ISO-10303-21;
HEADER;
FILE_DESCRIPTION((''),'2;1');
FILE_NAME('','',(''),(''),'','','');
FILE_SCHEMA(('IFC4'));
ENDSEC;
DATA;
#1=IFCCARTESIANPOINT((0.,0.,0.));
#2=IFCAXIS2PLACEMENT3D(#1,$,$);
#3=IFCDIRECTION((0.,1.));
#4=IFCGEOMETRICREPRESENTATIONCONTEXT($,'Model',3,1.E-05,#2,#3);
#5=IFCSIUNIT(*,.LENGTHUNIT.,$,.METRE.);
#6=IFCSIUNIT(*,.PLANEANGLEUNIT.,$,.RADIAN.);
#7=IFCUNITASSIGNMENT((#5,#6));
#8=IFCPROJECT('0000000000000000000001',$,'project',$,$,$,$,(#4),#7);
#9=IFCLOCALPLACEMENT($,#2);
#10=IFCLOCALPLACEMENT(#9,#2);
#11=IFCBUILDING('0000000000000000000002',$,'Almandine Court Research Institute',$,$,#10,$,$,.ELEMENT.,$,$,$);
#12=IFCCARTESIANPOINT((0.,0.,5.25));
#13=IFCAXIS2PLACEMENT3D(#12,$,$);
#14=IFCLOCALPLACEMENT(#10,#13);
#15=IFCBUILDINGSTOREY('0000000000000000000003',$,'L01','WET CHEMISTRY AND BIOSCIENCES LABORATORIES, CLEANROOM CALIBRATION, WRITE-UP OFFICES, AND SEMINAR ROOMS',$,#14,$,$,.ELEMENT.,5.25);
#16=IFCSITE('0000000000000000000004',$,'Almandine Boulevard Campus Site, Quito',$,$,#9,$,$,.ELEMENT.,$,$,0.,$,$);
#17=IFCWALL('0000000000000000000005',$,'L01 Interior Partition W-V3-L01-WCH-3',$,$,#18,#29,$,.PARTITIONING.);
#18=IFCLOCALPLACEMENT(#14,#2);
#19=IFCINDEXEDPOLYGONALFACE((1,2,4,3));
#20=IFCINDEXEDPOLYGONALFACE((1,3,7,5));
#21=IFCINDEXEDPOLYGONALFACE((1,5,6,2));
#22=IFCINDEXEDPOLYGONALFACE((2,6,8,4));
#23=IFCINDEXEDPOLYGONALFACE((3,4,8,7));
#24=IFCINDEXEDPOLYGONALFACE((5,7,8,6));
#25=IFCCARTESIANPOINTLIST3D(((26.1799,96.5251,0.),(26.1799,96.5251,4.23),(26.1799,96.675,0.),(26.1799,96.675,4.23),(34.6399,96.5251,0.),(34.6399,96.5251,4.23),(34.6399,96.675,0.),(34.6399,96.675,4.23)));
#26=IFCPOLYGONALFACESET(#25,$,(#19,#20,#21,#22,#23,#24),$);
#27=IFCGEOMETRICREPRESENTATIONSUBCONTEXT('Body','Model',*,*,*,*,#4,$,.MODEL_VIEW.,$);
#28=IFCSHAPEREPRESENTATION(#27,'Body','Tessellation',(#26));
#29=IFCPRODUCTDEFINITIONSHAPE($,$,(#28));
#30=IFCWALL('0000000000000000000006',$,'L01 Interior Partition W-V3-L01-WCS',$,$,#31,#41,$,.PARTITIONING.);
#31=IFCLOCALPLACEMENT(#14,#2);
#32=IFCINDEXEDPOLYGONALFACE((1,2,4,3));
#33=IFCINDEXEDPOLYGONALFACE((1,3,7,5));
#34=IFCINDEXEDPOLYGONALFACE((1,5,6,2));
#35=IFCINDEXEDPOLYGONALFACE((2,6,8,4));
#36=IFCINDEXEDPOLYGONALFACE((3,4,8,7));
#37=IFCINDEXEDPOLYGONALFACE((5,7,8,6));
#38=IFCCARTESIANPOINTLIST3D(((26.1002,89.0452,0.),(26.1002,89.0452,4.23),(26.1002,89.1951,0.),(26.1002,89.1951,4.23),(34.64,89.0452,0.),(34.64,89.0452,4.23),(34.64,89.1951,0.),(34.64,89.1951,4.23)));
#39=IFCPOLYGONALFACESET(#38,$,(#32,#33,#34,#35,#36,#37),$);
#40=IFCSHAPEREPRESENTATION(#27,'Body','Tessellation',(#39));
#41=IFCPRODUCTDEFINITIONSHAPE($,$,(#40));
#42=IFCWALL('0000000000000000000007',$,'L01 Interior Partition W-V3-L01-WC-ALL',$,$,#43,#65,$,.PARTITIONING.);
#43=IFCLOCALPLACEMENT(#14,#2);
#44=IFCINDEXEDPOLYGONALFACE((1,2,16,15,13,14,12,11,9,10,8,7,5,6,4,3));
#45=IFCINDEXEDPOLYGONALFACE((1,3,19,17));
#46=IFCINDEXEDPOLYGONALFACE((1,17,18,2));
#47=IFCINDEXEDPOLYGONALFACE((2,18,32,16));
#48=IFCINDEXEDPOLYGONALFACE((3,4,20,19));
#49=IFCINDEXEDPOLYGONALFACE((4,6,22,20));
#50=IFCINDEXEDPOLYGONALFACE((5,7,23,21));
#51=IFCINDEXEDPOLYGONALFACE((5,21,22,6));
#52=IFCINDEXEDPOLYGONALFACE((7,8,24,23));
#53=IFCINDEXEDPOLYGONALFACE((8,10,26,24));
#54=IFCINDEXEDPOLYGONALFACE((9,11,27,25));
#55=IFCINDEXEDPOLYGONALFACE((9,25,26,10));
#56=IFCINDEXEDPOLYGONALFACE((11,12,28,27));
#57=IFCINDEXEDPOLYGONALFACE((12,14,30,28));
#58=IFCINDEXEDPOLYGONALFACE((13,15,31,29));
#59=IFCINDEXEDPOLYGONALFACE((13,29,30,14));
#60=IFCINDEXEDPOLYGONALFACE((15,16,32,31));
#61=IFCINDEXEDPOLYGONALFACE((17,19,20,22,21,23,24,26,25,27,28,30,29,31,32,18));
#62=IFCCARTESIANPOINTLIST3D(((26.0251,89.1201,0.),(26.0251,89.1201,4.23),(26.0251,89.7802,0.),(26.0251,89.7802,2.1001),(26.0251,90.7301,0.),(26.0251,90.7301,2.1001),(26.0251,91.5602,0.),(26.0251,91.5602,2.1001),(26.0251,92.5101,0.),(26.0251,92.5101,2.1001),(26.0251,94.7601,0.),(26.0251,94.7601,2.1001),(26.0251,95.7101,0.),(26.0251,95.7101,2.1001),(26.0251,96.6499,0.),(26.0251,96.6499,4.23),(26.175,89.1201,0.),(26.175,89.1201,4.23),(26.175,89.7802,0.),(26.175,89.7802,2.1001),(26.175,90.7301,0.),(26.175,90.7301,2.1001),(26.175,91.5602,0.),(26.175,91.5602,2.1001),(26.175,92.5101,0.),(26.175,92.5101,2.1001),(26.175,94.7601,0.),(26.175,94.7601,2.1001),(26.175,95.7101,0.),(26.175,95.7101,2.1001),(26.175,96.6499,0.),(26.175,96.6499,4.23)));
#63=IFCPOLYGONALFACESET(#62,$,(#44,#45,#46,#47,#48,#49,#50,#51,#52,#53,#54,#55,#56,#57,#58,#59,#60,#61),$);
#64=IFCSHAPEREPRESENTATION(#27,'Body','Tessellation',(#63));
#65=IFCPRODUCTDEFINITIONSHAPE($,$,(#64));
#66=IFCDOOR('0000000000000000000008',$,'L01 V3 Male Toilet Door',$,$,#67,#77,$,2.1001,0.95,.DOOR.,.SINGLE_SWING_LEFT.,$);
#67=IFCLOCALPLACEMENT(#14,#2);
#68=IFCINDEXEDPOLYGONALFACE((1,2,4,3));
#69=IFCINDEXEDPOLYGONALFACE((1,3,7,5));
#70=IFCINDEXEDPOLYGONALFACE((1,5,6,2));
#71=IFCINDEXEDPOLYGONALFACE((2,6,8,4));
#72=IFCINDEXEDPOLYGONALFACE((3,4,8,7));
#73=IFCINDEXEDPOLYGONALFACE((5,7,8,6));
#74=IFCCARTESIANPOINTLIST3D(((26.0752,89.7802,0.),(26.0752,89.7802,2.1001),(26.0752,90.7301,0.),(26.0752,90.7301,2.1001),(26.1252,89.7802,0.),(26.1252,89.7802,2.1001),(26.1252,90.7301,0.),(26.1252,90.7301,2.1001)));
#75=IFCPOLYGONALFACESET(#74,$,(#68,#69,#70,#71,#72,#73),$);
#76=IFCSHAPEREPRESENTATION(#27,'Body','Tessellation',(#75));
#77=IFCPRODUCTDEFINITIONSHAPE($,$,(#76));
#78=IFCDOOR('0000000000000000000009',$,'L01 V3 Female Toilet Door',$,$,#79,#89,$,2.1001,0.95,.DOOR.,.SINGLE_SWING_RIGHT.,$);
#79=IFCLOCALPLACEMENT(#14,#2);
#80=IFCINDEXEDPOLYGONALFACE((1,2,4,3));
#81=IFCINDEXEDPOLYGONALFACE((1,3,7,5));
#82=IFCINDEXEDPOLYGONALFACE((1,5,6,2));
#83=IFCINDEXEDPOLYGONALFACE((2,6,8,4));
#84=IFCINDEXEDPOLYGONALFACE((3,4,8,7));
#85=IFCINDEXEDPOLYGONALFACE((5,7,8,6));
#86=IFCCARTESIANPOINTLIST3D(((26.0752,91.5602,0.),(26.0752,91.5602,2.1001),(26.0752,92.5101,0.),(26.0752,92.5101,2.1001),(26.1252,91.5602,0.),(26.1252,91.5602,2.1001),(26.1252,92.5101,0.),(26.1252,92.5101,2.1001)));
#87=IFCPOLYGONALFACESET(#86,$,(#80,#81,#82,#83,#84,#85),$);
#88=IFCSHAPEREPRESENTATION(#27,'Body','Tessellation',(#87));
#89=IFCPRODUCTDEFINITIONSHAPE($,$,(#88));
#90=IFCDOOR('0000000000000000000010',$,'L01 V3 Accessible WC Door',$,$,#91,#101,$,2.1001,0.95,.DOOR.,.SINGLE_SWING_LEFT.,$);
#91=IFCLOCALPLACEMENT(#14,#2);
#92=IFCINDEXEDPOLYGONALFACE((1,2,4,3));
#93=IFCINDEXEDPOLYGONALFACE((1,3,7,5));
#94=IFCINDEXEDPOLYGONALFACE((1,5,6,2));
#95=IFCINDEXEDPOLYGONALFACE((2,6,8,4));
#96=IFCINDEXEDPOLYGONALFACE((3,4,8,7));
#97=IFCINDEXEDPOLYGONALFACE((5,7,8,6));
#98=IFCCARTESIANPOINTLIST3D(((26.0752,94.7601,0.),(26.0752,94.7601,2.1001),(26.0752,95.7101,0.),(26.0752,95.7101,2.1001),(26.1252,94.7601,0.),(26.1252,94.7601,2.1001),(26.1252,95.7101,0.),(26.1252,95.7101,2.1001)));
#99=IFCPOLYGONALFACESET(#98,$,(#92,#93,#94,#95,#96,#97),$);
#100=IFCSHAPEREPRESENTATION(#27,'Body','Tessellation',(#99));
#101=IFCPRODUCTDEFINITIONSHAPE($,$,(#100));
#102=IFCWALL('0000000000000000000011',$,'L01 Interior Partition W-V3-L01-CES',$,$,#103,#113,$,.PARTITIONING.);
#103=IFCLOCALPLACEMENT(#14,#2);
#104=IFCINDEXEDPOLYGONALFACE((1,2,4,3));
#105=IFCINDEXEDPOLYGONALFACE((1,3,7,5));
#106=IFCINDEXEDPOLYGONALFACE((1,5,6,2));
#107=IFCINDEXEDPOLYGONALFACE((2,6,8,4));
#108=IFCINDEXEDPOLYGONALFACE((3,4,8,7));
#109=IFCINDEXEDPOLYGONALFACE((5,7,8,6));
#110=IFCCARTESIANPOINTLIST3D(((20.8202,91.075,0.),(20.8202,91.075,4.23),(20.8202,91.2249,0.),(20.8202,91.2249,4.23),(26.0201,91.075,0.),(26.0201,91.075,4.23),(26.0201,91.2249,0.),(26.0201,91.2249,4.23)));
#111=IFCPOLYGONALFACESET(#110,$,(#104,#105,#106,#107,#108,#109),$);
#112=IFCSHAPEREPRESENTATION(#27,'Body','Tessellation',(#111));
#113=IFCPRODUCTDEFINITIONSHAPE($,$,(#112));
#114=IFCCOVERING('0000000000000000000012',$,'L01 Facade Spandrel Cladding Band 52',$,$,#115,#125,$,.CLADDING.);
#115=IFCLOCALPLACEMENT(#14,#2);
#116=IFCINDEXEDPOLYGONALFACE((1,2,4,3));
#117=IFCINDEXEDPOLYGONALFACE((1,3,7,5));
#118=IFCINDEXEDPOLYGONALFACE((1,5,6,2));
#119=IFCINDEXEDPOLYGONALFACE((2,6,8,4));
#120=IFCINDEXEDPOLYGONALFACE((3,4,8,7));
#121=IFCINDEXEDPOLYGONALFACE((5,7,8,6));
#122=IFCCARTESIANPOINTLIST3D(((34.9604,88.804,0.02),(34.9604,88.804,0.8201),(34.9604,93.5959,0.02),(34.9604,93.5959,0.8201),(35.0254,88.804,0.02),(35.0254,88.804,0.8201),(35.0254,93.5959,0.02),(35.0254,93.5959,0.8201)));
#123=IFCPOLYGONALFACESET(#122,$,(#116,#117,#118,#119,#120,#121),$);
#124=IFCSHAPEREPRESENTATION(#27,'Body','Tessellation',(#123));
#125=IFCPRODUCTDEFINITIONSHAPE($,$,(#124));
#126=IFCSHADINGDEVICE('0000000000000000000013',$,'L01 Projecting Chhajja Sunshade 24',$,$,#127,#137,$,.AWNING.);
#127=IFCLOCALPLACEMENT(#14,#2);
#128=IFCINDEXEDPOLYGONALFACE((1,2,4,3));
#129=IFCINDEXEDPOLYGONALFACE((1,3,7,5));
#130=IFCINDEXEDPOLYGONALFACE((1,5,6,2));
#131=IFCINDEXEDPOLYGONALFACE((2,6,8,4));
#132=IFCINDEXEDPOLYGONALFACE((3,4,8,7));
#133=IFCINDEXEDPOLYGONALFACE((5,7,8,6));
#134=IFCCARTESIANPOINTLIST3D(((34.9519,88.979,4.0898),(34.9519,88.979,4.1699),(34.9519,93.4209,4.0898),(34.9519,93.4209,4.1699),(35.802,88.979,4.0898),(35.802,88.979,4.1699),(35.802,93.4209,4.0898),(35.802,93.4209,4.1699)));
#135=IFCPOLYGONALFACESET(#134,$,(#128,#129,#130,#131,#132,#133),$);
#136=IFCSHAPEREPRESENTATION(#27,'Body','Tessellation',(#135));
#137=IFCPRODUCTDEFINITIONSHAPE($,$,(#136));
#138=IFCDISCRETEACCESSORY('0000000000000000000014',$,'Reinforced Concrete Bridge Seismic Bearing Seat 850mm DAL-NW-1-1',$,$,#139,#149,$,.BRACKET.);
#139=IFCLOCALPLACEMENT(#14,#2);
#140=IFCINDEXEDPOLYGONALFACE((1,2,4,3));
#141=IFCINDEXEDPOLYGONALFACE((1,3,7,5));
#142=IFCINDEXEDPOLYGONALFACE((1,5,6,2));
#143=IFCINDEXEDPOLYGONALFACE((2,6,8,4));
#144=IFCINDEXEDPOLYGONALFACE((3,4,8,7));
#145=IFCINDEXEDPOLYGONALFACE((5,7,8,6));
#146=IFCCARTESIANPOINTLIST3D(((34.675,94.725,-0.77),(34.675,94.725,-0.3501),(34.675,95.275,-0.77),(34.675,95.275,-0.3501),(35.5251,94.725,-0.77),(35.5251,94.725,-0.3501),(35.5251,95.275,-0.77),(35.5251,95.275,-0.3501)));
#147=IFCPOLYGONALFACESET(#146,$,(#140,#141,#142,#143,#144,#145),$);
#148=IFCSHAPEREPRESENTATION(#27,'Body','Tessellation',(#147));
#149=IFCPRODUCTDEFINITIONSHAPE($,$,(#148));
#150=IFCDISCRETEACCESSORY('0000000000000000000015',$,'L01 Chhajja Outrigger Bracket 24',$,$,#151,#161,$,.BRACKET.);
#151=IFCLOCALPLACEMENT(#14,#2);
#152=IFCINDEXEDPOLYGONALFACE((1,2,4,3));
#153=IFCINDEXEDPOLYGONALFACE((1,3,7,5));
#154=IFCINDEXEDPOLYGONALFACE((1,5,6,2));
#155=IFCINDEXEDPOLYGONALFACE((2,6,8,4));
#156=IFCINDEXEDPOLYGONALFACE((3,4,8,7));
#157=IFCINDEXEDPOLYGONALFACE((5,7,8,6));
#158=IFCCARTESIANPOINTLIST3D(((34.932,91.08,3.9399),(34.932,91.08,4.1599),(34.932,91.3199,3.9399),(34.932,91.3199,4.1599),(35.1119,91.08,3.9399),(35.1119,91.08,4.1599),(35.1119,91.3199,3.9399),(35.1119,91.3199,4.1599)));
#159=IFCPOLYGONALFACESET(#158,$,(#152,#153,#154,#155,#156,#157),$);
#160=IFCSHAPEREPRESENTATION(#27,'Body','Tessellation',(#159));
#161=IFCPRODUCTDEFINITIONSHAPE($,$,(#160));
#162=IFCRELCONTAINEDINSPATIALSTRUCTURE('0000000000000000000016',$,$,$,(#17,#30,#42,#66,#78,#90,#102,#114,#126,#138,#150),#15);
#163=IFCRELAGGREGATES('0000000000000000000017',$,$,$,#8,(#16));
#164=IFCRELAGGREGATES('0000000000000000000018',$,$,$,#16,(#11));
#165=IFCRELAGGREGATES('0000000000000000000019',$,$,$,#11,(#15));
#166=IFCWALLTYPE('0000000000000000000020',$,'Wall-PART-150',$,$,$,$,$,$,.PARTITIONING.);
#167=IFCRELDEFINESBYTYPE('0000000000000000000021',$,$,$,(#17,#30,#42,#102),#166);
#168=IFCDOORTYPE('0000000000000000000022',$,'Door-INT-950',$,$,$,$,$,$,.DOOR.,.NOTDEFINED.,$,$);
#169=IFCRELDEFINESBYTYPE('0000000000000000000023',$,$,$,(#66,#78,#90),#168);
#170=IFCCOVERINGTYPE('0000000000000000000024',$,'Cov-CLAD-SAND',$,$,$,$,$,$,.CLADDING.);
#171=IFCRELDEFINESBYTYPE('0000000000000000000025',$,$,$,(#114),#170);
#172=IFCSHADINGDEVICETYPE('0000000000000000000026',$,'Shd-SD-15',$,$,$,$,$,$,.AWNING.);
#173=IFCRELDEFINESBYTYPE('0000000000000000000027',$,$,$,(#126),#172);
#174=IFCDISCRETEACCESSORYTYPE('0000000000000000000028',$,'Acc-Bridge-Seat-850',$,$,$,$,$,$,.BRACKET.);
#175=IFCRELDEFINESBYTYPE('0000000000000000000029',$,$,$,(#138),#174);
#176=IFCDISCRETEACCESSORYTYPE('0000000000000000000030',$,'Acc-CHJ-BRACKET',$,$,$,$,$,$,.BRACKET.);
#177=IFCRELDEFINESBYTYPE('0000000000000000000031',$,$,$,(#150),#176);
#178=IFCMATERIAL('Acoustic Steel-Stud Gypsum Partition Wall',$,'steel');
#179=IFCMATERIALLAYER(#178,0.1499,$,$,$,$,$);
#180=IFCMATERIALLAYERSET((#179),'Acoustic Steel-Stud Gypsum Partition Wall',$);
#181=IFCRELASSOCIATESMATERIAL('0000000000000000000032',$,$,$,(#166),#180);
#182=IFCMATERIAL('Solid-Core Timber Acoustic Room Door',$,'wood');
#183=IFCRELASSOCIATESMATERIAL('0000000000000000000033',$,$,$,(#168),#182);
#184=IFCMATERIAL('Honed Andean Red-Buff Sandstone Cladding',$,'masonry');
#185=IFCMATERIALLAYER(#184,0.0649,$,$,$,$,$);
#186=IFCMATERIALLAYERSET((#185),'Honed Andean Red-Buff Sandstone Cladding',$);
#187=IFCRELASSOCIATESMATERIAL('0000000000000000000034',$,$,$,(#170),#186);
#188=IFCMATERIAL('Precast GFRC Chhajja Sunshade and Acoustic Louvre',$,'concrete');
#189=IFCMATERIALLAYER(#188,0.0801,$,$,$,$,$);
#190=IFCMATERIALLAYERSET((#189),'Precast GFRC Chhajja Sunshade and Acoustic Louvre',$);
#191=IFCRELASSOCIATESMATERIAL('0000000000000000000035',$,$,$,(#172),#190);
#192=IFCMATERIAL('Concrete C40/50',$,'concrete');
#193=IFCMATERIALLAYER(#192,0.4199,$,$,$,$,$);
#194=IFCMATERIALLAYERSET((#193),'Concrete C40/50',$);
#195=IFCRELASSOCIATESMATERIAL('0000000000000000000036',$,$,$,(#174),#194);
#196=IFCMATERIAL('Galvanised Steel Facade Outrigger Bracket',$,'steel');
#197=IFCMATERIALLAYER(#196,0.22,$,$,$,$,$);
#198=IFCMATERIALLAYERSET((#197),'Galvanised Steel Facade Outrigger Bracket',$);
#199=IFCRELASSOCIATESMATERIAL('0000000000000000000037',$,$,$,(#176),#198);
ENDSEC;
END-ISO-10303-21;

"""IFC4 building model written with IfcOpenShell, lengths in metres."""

from ifc_helpers import new_model, si_unit, direction, frame, frame_2d, origin, origin_2d, place, context, subcontext, project, spatial, rectangle, extrude, material, layer, layer_set, type_object, element, fill, save


model = new_model("IFC4")

# Units and contexts
model_context = context("Model", 3, precision=1e-05, world=origin(), true_north=direction((0.0, 1.0)))
body_context = subcontext(model_context, "Body", "Model", "MODEL_VIEW")
ifc_project = project(units=[si_unit("LENGTHUNIT", "METRE"), si_unit("PLANEANGLEUNIT", "RADIAN")], contexts=[model_context])

# Site, building, storey
site_placement = place(None, origin())
site = spatial("IfcSite", under=ifc_project, at=site_placement, Name="Almandine Boulevard Campus Site, Quito", CompositionType="ELEMENT", RefElevation=0.0)
building_placement = place(site_placement, origin())
building = spatial("IfcBuilding", under=site, at=building_placement, Name="Almandine Court Research Institute", CompositionType="ELEMENT")
storey_placement = place(building_placement, frame((0.0, 0.0, 5.25)))
storey = spatial("IfcBuildingStorey", under=building, at=storey_placement, Name="L01", Description="WET CHEMISTRY AND BIOSCIENCES LABORATORIES, CLEANROOM CALIBRATION, WRITE-UP OFFICES, AND SEMINAR ROOMS", CompositionType="ELEMENT", Elevation=5.25)

# Walls
ifc_material_1 = material(Name="Acoustic Steel-Stud Gypsum Partition Wall", Category="steel")
ifc_layer_1 = layer(ifc_material_1, 0.1499)
ifc_layer_set_1 = layer_set([ifc_layer_1], Name="Acoustic Steel-Stud Gypsum Partition Wall")
wall_type_1 = type_object("IfcWallType", Name="Wall-PART-150", PredefinedType="PARTITIONING", material=ifc_layer_set_1)
for number, where, z_axis, x_axis, name in (
    (1, (26.1799, 96.6001, 0.0), (0.0, 0.0, 1.0), (1.0, 0.0, 0.0), "L01 Interior Partition W-V3-L01-WCH-3"),
):
    element("IfcWall", number, at=place(storey_placement, frame(where, z_axis=z_axis, x_axis=x_axis)), inside=storey, type_object=wall_type_1, Name=name, PredefinedType="PARTITIONING", context=body_context, shape_type="SweptSolid", body=[
        extrude(rectangle(XDim=8.46, YDim=0.1499, at=frame_2d((4.23, 0.0))), origin(), (0.0, 0.0, 1.0), 4.23),
    ])
wall_1_placement = place(storey_placement, frame((26.1001, 89.1201, 0.0), z_axis=(0.0, 0.0, 1.0), x_axis=(1.0, 0.0, 0.0)))
element("IfcWall", 2, at=wall_1_placement, inside=storey, type_object=wall_type_1, Name="L01 Interior Partition W-V3-L01-WCS", PredefinedType="PARTITIONING", context=body_context, shape_type="SweptSolid", body=[
    extrude(rectangle(XDim=8.5398, YDim=0.1499, at=frame_2d((4.27, 0.0))), origin(), (0.0, 0.0, 1.0), 4.23),
])

# Wall, openings, doors
wall_2_placement = place(storey_placement, frame((26.1001, 89.1201, 0.0), z_axis=(0.0, 0.0, 1.0), x_axis=(0.0, 1.0, 0.0)))
wall_2 = element("IfcWall", 3, at=wall_2_placement, inside=storey, type_object=wall_type_1, Name="L01 Interior Partition W-V3-L01-WC-ALL", PredefinedType="PARTITIONING", context=body_context, shape_type="SweptSolid", body=[
    extrude(rectangle(XDim=7.5298, YDim=0.1499, at=frame_2d((3.7649, 0.0))), origin(), (0.0, 0.0, 1.0), 4.23),
])
opening_1_placement = place(wall_2_placement, frame((0.6599, 0.0, 0.0)))
opening_1 = element("IfcOpeningElement", 4, at=opening_1_placement, cuts=wall_2, PredefinedType="OPENING", context=body_context, shape_type="SweptSolid", body=[
    extrude(rectangle(XDim=0.95, YDim=2.1001, at=frame_2d((0.4751, 1.05))), frame((0.0, 0.085, 0.0), z_axis=(0.0, -1.0, 0.0), x_axis=(1.0, 0.0, 0.0)), (0.0, 0.0, 1.0), 0.1699),
])
opening_2_placement = place(wall_2_placement, frame((2.4399, 0.0, 0.0)))
opening_2 = element("IfcOpeningElement", 5, at=opening_2_placement, cuts=wall_2, PredefinedType="OPENING", context=body_context, shape_type="SweptSolid", body=[
    extrude(rectangle(XDim=0.95, YDim=2.1001, at=frame_2d((0.4751, 1.05))), frame((0.0, 0.085, 0.0), z_axis=(0.0, -1.0, 0.0), x_axis=(1.0, 0.0, 0.0)), (0.0, 0.0, 1.0), 0.1699),
])
opening_3_placement = place(wall_2_placement, frame((5.6399, 0.0, 0.0)))
opening_3 = element("IfcOpeningElement", 6, at=opening_3_placement, cuts=wall_2, PredefinedType="OPENING", context=body_context, shape_type="SweptSolid", body=[
    extrude(rectangle(XDim=0.95, YDim=2.1001, at=frame_2d((0.4751, 1.05))), frame((0.0, 0.085, 0.0), z_axis=(0.0, -1.0, 0.0), x_axis=(1.0, 0.0, 0.0)), (0.0, 0.0, 1.0), 0.1699),
])
ifc_material_2 = material(Name="Solid-Core Timber Acoustic Room Door", Category="wood")
door_type_1 = type_object("IfcDoorType", Name="Door-INT-950", OperationType="NOTDEFINED", PredefinedType="DOOR", material=ifc_material_2)
door_1_placement = place(opening_1_placement, origin())
door_1 = element("IfcDoor", 7, at=door_1_placement, inside=storey, type_object=door_type_1, Name="L01 V3 Male Toilet Door", OperationType="SINGLE_SWING_LEFT", OverallHeight=2.1001, OverallWidth=0.95, PredefinedType="DOOR", context=body_context, shape_type="SweptSolid", body=[
    extrude(rectangle(XDim=0.95, YDim=2.1001, at=frame_2d((0.4751, 1.05))), frame((0.0, 0.0249, 0.0), z_axis=(0.0, -1.0, 0.0), x_axis=(1.0, 0.0, 0.0)), (0.0, 0.0, 1.0), 0.05),
])
fill(opening_1, door_1)
door_2_placement = place(opening_2_placement, origin())
door_2 = element("IfcDoor", 8, at=door_2_placement, inside=storey, type_object=door_type_1, Name="L01 V3 Female Toilet Door", OperationType="SINGLE_SWING_RIGHT", OverallHeight=2.1001, OverallWidth=0.95, PredefinedType="DOOR", context=body_context, shape_type="SweptSolid", body=[
    extrude(rectangle(XDim=0.95, YDim=2.1001, at=frame_2d((0.4751, 1.05))), frame((0.0, 0.0249, 0.0), z_axis=(0.0, -1.0, 0.0), x_axis=(1.0, 0.0, 0.0)), (0.0, 0.0, 1.0), 0.05),
])
fill(opening_2, door_2)
door_3_placement = place(opening_3_placement, origin())
door_3 = element("IfcDoor", 9, at=door_3_placement, inside=storey, type_object=door_type_1, Name="L01 V3 Accessible WC Door", OperationType="SINGLE_SWING_LEFT", OverallHeight=2.1001, OverallWidth=0.95, PredefinedType="DOOR", context=body_context, shape_type="SweptSolid", body=[
    extrude(rectangle(XDim=0.95, YDim=2.1001, at=frame_2d((0.4751, 1.05))), frame((0.0, 0.0249, 0.0), z_axis=(0.0, -1.0, 0.0), x_axis=(1.0, 0.0, 0.0)), (0.0, 0.0, 1.0), 0.05),
])
fill(opening_3, door_3)

# Wall
wall_3_placement = place(storey_placement, frame((20.8201, 91.1499, 0.0), z_axis=(0.0, 0.0, 1.0), x_axis=(1.0, 0.0, 0.0)))
element("IfcWall", 10, at=wall_3_placement, inside=storey, type_object=wall_type_1, Name="L01 Interior Partition W-V3-L01-CES", PredefinedType="PARTITIONING", context=body_context, shape_type="SweptSolid", body=[
    extrude(rectangle(XDim=5.2, YDim=0.1499, at=frame_2d((2.6001, 0.0))), origin(), (0.0, 0.0, 1.0), 4.23),
])

# Covering
ifc_material_3 = material(Name="Honed Andean Red-Buff Sandstone Cladding", Category="masonry")
ifc_layer_2 = layer(ifc_material_3, 0.0649)
ifc_layer_set_2 = layer_set([ifc_layer_2], Name="Honed Andean Red-Buff Sandstone Cladding")
covering_type = type_object("IfcCoveringType", Name="Cov-CLAD-SAND", PredefinedType="CLADDING", material=ifc_layer_set_2)
covering_placement = place(storey_placement, frame((34.9929, 91.2, 0.02), z_axis=(0.0, 0.0, 1.0), x_axis=(0.0, -1.0, 0.0)))
element("IfcCovering", 11, at=covering_placement, inside=storey, type_object=covering_type, Name="L01 Facade Spandrel Cladding Band 52", PredefinedType="CLADDING", context=body_context, shape_type="SweptSolid", body=[
    extrude(rectangle(XDim=4.792, YDim=0.0649, at=origin_2d()), origin(), (0.0, 0.0, 1.0), 0.8),
])

# Shading device
ifc_material_4 = material(Name="Precast GFRC Chhajja Sunshade and Acoustic Louvre", Category="concrete")
ifc_layer_3 = layer(ifc_material_4, 0.0801)
ifc_layer_set_3 = layer_set([ifc_layer_3], Name="Precast GFRC Chhajja Sunshade and Acoustic Louvre")
shading_device_type = type_object("IfcShadingDeviceType", Name="Shd-SD-15", PredefinedType="AWNING", material=ifc_layer_set_3)
shading_device_placement = place(storey_placement, frame((35.377, 91.2, 4.0898), z_axis=(0.0, 0.0, 1.0), x_axis=(0.0, -1.0, 0.0)))
element("IfcShadingDevice", 12, at=shading_device_placement, inside=storey, type_object=shading_device_type, Name="L01 Projecting Chhajja Sunshade 24", PredefinedType="AWNING", context=body_context, shape_type="SweptSolid", body=[
    extrude(rectangle(XDim=4.4419, YDim=0.8501, at=origin_2d()), origin(), (0.0, 0.0, 1.0), 0.0801),
])

# Discrete accessories
ifc_material_5 = material(Name="Concrete C40/50", Category="concrete")
ifc_layer_4 = layer(ifc_material_5, 0.4199)
ifc_layer_set_4 = layer_set([ifc_layer_4], Name="Concrete C40/50")
discrete_accessory_type_1 = type_object("IfcDiscreteAccessoryType", Name="Acc-Bridge-Seat-850", PredefinedType="BRACKET", material=ifc_layer_set_4)
discrete_accessory_1_placement = place(storey_placement, frame((35.1001, 95.0, -0.77), z_axis=(0.0, 0.0, 1.0), x_axis=(1.0, 0.0, 0.0)))
element("IfcDiscreteAccessory", 13, at=discrete_accessory_1_placement, inside=storey, type_object=discrete_accessory_type_1, Name="Reinforced Concrete Bridge Seismic Bearing Seat 850mm DAL-NW-1-1", PredefinedType="BRACKET", context=body_context, shape_type="SweptSolid", body=[
    extrude(rectangle(XDim=0.8501, YDim=0.55, at=origin_2d()), origin(), (0.0, 0.0, 1.0), 0.4199),
])
ifc_material_6 = material(Name="Galvanised Steel Facade Outrigger Bracket", Category="steel")
ifc_layer_5 = layer(ifc_material_6, 0.22)
ifc_layer_set_5 = layer_set([ifc_layer_5], Name="Galvanised Steel Facade Outrigger Bracket")
discrete_accessory_type_2 = type_object("IfcDiscreteAccessoryType", Name="Acc-CHJ-BRACKET", PredefinedType="BRACKET", material=ifc_layer_set_5)
discrete_accessory_2_placement = place(storey_placement, frame((35.022, 91.2, 3.9399), z_axis=(0.0, 0.0, 1.0), x_axis=(0.0, -1.0, 0.0)))
element("IfcDiscreteAccessory", 14, at=discrete_accessory_2_placement, inside=storey, type_object=discrete_accessory_type_2, Name="L01 Chhajja Outrigger Bracket 24", PredefinedType="BRACKET", context=body_context, shape_type="SweptSolid", body=[
    extrude(rectangle(XDim=0.24, YDim=0.1799, at=origin_2d()), origin(), (0.0, 0.0, 1.0), 0.22),
])

save(model, "model.ifc")
